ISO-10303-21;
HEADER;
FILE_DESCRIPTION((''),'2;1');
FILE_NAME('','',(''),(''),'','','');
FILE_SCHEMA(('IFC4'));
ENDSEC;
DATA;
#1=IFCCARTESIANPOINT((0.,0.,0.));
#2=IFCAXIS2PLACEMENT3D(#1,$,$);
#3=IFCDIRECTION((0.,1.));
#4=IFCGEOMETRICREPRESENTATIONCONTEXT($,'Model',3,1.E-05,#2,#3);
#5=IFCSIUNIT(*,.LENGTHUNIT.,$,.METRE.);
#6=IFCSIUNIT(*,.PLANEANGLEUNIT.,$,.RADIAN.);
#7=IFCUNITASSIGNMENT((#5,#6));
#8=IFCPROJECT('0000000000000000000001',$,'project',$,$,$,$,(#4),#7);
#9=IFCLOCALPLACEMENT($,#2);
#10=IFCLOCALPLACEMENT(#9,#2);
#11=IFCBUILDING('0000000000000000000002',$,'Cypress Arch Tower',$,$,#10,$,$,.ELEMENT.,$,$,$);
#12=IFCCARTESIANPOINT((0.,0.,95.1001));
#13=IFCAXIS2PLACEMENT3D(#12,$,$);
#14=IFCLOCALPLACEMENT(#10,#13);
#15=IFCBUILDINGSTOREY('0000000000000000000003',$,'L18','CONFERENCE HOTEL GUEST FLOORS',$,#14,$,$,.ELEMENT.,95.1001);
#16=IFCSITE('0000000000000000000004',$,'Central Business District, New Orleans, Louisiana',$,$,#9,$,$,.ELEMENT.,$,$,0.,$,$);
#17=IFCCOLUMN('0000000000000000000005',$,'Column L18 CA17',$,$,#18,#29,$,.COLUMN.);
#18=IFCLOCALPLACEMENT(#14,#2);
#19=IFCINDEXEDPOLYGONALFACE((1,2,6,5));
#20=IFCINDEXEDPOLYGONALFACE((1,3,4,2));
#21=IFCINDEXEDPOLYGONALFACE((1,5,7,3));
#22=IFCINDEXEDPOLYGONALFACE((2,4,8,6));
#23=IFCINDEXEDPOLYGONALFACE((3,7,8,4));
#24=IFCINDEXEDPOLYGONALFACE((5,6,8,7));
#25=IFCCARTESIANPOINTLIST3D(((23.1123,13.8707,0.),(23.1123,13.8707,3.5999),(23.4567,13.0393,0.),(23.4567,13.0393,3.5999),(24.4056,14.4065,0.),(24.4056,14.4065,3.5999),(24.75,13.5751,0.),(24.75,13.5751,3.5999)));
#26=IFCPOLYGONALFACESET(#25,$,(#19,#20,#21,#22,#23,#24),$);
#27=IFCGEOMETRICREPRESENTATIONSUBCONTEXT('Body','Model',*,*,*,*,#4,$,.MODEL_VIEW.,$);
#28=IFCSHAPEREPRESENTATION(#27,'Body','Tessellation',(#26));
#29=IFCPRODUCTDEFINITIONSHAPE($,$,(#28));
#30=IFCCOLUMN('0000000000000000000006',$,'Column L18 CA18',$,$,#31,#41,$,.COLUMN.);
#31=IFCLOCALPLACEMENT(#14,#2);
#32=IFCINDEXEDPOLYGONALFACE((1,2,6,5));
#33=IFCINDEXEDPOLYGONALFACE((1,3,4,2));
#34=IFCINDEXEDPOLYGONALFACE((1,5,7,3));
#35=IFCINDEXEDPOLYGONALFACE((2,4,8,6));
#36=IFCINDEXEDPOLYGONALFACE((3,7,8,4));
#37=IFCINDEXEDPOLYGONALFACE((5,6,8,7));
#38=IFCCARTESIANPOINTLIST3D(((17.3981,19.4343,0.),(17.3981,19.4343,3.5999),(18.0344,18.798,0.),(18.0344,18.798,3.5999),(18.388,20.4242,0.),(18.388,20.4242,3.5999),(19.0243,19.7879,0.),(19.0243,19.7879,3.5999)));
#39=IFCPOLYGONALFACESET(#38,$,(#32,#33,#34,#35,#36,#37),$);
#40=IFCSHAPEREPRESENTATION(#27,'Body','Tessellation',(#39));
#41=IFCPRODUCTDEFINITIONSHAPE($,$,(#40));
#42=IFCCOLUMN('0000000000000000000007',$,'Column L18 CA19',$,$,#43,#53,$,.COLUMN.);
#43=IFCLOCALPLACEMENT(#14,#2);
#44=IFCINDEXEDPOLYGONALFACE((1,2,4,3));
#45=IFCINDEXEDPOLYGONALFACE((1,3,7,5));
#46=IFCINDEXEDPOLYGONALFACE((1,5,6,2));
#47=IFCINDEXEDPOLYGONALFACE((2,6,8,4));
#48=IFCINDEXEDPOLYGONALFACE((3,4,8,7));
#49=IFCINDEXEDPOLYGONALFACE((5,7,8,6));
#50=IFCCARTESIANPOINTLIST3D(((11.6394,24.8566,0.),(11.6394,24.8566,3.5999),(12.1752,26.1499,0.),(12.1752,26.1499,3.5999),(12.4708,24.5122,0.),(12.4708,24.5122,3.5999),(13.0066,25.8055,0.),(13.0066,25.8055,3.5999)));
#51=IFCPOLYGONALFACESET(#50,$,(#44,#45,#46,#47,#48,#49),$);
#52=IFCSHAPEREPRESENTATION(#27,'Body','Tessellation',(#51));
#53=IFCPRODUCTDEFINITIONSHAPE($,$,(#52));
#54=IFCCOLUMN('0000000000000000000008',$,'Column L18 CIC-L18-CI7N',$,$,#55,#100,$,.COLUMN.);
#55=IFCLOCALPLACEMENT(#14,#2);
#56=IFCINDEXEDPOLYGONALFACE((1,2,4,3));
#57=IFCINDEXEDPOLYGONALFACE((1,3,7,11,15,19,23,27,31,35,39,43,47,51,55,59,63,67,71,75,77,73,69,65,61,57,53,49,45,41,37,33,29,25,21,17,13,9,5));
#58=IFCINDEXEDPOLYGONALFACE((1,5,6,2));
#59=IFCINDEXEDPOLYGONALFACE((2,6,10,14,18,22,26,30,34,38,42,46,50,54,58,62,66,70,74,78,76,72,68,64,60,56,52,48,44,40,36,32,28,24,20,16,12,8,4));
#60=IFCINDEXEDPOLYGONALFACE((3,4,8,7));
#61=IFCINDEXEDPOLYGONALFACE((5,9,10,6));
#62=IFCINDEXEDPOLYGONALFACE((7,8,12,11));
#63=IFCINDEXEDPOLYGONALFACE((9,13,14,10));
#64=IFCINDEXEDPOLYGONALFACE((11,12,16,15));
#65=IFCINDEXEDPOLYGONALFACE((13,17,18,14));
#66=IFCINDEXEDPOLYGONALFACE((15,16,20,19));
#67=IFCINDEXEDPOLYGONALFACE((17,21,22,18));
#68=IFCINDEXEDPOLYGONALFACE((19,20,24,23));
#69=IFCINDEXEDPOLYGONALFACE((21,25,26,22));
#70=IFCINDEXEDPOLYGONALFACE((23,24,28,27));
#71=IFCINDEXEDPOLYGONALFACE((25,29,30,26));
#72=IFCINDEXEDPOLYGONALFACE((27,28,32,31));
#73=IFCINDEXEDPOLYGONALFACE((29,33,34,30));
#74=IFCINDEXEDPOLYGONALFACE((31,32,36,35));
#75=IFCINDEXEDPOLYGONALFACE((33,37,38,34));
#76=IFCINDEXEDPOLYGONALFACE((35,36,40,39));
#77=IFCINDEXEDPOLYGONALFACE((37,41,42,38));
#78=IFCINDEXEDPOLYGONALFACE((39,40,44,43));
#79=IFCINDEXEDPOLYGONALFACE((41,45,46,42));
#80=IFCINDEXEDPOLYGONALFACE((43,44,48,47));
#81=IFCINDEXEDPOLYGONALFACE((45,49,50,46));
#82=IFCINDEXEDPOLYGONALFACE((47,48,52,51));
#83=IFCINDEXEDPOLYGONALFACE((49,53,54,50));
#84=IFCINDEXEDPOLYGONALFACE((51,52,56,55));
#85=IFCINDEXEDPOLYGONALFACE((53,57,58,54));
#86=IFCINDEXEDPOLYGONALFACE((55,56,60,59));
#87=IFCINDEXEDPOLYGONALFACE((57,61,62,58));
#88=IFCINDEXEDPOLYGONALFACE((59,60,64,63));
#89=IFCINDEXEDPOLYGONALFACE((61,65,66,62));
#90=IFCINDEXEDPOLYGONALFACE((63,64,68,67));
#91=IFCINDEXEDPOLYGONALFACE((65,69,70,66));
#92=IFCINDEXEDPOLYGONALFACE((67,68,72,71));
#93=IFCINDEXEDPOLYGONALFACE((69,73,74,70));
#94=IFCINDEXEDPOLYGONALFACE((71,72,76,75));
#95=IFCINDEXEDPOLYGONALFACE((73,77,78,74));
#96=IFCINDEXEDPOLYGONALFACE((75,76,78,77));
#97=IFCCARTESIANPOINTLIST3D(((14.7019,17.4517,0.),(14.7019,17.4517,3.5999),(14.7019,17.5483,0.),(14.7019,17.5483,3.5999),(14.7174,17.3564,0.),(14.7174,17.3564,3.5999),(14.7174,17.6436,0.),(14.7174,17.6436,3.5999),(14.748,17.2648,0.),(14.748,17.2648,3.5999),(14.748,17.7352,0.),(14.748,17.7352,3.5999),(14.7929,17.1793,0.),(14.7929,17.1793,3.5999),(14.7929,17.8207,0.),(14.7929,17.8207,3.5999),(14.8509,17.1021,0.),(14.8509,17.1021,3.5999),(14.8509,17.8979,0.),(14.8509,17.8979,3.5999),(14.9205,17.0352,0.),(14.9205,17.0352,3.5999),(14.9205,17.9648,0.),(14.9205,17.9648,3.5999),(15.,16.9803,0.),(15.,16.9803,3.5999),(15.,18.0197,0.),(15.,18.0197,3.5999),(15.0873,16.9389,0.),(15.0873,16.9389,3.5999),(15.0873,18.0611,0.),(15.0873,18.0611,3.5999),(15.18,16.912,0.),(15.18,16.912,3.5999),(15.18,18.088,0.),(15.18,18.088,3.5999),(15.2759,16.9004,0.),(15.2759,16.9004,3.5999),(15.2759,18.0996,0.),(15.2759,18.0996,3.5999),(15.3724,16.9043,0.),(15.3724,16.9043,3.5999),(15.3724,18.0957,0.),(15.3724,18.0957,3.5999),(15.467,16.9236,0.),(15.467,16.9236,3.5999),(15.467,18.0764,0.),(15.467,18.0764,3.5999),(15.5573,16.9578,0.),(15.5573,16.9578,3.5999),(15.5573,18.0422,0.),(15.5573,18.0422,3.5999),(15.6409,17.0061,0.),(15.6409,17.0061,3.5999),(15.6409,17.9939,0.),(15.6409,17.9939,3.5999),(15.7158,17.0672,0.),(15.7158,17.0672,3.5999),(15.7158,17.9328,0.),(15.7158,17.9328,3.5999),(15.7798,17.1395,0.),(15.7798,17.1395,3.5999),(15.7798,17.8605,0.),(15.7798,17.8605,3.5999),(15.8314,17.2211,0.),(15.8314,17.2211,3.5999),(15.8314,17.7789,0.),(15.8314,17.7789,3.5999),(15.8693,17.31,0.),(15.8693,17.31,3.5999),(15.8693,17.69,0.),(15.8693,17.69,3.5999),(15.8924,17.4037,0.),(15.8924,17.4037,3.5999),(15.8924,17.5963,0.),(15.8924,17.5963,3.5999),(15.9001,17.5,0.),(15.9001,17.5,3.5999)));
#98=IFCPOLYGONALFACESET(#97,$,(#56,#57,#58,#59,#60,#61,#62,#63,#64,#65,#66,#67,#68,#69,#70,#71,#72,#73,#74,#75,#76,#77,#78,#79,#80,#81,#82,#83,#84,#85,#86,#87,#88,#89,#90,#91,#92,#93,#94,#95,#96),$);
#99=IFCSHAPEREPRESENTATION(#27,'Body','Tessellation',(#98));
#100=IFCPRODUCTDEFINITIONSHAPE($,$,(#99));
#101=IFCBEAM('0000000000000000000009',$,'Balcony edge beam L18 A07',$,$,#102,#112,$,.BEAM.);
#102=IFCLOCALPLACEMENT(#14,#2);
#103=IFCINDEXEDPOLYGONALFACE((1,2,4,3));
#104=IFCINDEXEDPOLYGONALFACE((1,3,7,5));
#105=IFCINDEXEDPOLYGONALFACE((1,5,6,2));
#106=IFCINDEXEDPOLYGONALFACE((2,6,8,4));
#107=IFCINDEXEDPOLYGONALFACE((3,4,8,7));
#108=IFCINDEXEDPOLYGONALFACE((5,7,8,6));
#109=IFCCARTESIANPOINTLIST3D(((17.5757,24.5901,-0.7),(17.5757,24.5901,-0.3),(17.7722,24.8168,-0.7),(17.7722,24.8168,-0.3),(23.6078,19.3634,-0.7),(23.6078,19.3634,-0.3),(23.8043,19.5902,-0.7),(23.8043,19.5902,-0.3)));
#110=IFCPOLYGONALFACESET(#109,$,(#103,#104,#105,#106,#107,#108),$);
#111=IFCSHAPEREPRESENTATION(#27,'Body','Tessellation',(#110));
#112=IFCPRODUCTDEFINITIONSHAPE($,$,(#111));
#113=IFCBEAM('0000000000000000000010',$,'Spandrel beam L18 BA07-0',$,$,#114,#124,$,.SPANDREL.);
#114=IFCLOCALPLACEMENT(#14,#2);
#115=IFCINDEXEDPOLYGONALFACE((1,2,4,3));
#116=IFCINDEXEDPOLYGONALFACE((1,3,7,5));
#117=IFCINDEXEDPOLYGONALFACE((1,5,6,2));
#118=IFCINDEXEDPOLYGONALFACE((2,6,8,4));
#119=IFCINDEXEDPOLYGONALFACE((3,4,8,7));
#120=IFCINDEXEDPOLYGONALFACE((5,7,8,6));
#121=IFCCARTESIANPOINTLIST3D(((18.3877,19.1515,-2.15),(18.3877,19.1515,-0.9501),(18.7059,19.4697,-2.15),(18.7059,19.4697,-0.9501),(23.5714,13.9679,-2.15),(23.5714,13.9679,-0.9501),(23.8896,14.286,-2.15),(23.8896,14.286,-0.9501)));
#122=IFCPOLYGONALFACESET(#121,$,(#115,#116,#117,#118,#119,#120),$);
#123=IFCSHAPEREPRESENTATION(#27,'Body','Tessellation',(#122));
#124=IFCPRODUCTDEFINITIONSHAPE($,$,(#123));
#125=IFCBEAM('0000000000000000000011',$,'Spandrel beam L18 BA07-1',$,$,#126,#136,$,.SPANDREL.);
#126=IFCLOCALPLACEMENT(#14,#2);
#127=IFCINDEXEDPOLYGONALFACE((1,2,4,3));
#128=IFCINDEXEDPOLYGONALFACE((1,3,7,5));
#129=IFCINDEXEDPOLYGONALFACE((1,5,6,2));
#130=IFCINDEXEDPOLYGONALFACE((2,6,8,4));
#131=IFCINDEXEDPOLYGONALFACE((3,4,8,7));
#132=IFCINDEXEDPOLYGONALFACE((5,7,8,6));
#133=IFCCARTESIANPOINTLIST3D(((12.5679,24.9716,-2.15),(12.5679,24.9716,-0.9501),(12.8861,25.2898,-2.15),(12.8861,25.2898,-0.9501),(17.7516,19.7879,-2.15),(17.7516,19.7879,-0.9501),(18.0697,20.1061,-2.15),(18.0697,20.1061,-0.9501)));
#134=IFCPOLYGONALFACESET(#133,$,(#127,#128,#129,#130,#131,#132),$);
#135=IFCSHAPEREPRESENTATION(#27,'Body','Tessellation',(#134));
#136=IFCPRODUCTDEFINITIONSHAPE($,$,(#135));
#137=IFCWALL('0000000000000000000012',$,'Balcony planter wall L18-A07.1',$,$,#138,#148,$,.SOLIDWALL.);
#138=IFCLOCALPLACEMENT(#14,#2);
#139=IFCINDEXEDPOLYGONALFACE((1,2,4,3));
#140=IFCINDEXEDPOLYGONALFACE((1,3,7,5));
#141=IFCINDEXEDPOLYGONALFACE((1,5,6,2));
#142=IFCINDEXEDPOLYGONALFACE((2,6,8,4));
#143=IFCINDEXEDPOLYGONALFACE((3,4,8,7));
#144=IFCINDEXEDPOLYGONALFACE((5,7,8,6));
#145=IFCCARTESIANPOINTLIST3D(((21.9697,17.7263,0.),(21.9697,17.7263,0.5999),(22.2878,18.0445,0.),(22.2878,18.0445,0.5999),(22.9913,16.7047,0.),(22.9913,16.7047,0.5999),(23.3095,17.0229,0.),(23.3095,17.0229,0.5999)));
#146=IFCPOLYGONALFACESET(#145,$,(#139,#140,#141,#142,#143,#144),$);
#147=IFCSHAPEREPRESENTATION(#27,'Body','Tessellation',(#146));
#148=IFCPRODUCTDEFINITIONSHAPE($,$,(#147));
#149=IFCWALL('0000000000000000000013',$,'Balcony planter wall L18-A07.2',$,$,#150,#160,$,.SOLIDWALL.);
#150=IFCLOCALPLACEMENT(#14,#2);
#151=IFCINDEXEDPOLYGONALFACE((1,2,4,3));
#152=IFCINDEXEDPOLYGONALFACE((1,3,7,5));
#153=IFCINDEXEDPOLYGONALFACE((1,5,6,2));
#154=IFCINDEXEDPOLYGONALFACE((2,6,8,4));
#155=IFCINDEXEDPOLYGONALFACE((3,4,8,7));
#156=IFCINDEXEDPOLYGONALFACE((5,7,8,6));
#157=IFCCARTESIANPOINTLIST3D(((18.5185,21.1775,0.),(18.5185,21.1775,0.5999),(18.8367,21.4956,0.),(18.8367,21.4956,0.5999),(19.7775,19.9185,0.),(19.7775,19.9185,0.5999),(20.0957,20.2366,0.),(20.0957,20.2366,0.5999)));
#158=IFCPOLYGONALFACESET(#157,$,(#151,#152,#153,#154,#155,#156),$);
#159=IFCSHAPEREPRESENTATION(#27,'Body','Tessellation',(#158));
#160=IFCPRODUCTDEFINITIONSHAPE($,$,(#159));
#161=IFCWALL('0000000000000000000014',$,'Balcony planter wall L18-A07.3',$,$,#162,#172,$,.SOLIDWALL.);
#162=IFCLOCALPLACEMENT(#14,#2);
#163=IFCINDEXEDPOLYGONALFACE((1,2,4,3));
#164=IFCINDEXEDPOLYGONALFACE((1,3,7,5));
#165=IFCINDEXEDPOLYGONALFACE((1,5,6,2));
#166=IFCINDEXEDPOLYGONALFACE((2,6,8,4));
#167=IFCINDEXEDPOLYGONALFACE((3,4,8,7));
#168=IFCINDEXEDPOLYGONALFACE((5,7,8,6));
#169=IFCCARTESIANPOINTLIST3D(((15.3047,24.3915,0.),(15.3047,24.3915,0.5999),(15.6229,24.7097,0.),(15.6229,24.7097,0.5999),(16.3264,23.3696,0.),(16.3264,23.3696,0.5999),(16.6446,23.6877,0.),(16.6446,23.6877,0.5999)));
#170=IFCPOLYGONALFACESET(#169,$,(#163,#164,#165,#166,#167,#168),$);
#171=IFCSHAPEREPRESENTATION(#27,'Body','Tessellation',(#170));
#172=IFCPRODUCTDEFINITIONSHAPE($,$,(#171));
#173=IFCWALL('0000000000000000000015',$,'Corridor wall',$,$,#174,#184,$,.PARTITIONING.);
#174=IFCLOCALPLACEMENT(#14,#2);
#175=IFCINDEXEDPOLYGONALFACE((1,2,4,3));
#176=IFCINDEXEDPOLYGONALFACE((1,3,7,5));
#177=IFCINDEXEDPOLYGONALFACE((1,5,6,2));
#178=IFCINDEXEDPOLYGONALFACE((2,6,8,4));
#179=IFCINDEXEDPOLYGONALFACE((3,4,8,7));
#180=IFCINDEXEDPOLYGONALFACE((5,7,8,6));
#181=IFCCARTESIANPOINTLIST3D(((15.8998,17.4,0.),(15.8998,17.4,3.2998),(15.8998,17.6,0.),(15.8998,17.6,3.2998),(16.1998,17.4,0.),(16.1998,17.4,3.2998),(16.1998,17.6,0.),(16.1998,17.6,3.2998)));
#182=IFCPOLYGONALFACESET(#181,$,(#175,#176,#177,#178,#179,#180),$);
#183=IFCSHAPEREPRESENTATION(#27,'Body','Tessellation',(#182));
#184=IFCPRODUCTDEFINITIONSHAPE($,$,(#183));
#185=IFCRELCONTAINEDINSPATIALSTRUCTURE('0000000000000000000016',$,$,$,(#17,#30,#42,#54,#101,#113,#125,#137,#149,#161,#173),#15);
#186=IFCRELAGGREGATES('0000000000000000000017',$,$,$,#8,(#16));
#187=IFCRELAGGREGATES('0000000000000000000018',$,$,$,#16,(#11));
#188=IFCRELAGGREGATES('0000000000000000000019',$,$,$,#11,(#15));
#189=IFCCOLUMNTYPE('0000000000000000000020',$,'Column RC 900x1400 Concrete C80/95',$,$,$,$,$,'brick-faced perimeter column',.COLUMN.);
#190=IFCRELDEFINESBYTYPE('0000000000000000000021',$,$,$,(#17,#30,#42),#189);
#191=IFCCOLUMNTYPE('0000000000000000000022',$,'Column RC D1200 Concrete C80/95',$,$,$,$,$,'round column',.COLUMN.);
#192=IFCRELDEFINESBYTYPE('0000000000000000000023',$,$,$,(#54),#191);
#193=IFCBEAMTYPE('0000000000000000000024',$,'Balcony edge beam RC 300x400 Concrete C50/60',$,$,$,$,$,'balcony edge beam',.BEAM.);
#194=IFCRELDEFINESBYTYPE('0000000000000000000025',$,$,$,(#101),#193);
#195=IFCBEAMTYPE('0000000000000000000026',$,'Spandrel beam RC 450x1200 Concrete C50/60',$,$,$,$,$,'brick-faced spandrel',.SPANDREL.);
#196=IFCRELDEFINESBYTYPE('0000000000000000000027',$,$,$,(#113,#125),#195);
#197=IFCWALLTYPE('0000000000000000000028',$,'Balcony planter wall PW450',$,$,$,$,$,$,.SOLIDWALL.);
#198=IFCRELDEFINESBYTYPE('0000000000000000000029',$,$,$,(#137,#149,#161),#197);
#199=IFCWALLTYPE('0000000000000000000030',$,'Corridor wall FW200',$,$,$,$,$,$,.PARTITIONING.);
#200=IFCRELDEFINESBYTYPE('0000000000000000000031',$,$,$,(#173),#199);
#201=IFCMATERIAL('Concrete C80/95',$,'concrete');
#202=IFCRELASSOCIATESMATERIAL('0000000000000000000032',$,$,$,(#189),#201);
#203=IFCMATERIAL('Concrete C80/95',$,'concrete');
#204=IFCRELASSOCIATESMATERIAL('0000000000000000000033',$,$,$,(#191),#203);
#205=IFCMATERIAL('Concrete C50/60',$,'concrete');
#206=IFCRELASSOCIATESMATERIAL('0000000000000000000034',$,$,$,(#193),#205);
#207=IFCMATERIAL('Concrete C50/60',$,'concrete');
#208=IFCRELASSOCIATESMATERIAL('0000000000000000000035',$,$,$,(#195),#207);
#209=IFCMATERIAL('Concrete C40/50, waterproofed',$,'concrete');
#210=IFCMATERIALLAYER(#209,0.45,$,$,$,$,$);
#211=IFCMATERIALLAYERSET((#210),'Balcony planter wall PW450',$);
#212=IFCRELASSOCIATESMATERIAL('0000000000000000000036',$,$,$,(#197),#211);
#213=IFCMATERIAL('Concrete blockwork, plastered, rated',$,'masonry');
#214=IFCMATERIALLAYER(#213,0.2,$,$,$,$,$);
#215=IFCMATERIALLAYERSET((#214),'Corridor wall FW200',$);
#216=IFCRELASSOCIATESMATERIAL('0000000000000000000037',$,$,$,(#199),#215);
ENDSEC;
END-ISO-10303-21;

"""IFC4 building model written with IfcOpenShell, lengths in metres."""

from ifc_helpers import new_model, si_unit, direction, frame, frame_2d, origin, origin_2d, place, context, subcontext, project, spatial, rectangle, circle, extrude, material, layer, layer_set, material_profile, profile_set, type_object, element, save


model = new_model("IFC4")

# Units and contexts
model_context = context("Model", 3, precision=1e-05, world=origin(), true_north=direction((0.0, 1.0)))
body_context = subcontext(model_context, "Body", "Model", "MODEL_VIEW")
ifc_project = project(units=[si_unit("LENGTHUNIT", "METRE"), si_unit("PLANEANGLEUNIT", "RADIAN")], contexts=[model_context])

# Site, building, storey
site_placement = place(None, origin())
site = spatial("IfcSite", under=ifc_project, at=site_placement, Name="Central Business District, New Orleans, Louisiana", CompositionType="ELEMENT", RefElevation=0.0)
building_placement = place(site_placement, origin())
building = spatial("IfcBuilding", under=site, at=building_placement, Name="Cypress Arch Tower", CompositionType="ELEMENT")
storey_placement = place(building_placement, frame((0.0, 0.0, 95.1001)))
storey = spatial("IfcBuildingStorey", under=building, at=storey_placement, Name="L18", Description="CONFERENCE HOTEL GUEST FLOORS", CompositionType="ELEMENT", Elevation=95.1001)

# Columns
ifc_material_1 = material(Name="Concrete C80/95", Category="concrete")
ifc_material_profile_1 = material_profile(ifc_material_1, rectangle(XDim=0.8999, YDim=1.3999, at=origin_2d()), Name="RC 900x1400")
ifc_profile_set_1 = profile_set([ifc_material_profile_1], Name="Concrete C80/95")
column_type_1 = type_object("IfcColumnType", Name="Column RC 900x1400 Concrete C80/95", ElementType="brick-faced perimeter column", PredefinedType="COLUMN", material=ifc_profile_set_1)
for number, where, z_axis, x_axis, name in (
    (1, (23.9312, 13.7229, 0.0), (0.0, 0.0, 1.0), (-0.382683, 0.92388, 0.0), "Column L18 CA17"),
    (2, (18.2112, 19.6111, 0.0), (0.0, 0.0, 1.0), (-0.707107, 0.707107, 0.0), "Column L18 CA18"),
    (3, (12.323, 25.3311, 0.0), (0.0, 0.0, 1.0), (-0.92388, 0.382683, 0.0), "Column L18 CA19"),
):
    element("IfcColumn", number, at=place(storey_placement, frame(where, z_axis=z_axis, x_axis=x_axis)), inside=storey, type_object=column_type_1, Name=name, PredefinedType="COLUMN", context=body_context, shape_type="SweptSolid", body=[
        extrude(rectangle(XDim=0.8999, YDim=1.3999, at=origin_2d()), origin(), (0.0, 0.0, 1.0), 3.5999),
    ])
ifc_material_2 = material(Name="Concrete C80/95", Category="concrete")
ifc_material_profile_2 = material_profile(ifc_material_2, circle(Radius=0.6001, at=origin_2d()), Name="RC D1200")
ifc_profile_set_2 = profile_set([ifc_material_profile_2], Name="Concrete C80/95")
column_type_2 = type_object("IfcColumnType", Name="Column RC D1200 Concrete C80/95", ElementType="round column", PredefinedType="COLUMN", material=ifc_profile_set_2)
column_placement = place(storey_placement, frame((15.3, 17.5, 0.0), z_axis=(0.0, 0.0, 1.0), x_axis=(1.0, 0.0, 0.0)))
element("IfcColumn", 4, at=column_placement, inside=storey, type_object=column_type_2, Name="Column L18 CIC-L18-CI7N", PredefinedType="COLUMN", context=body_context, shape_type="SweptSolid", body=[
    extrude(circle(Radius=0.6001, at=origin_2d()), origin(), (0.0, 0.0, 1.0), 3.5999),
])

# Beams
ifc_material_3 = material(Name="Concrete C50/60", Category="concrete")
ifc_material_profile_3 = material_profile(ifc_material_3, rectangle(XDim=0.3, YDim=0.3999, at=origin_2d()), Name="RC 300x400")
ifc_profile_set_3 = profile_set([ifc_material_profile_3], Name="Concrete C50/60")
beam_type_1 = type_object("IfcBeamType", Name="Balcony edge beam RC 300x400 Concrete C50/60", ElementType="balcony edge beam", PredefinedType="BEAM", material=ifc_profile_set_3)
beam_placement = place(storey_placement, frame((23.7061, 19.4768, -0.5), z_axis=(-0.755761, 0.654848, 0.0), x_axis=(-0.654848, -0.755761, 0.0)))
element("IfcBeam", 5, at=beam_placement, inside=storey, type_object=beam_type_1, Name="Balcony edge beam L18 A07", PredefinedType="BEAM", context=body_context, shape_type="SweptSolid", body=[
    extrude(rectangle(XDim=0.3, YDim=0.3999, at=origin_2d()), origin(), (0.0, 0.0, 1.0), 7.9814),
])
ifc_material_4 = material(Name="Concrete C50/60", Category="concrete")
ifc_material_profile_4 = material_profile(ifc_material_4, rectangle(XDim=0.45, YDim=1.2, at=origin_2d()), Name="RC 450x1200")
ifc_profile_set_4 = profile_set([ifc_material_profile_4], Name="Concrete C50/60")
beam_type_2 = type_object("IfcBeamType", Name="Spandrel beam RC 450x1200 Concrete C50/60", ElementType="brick-faced spandrel", PredefinedType="SPANDREL", material=ifc_profile_set_4)
for number, where, z_axis, x_axis, name in (
    (6, (23.7305, 14.127, -1.55), (-0.707107, 0.707107, 0.0), (-0.707107, -0.707107, 0.0), "Spandrel beam L18 BA07-0"),
    (7, (17.9106, 19.947, -1.55), (-0.707107, 0.707107, 0.0), (-0.707107, -0.707107, 0.0), "Spandrel beam L18 BA07-1"),
):
    element("IfcBeam", number, at=place(storey_placement, frame(where, z_axis=z_axis, x_axis=x_axis)), inside=storey, type_object=beam_type_2, Name=name, PredefinedType="SPANDREL", context=body_context, shape_type="SweptSolid", body=[
        extrude(rectangle(XDim=0.45, YDim=1.2, at=origin_2d()), origin(), (0.0, 0.0, 1.0), 7.3308),
    ])

# Walls
ifc_material_5 = material(Name="Concrete C40/50, waterproofed", Category="concrete")
ifc_layer_1 = layer(ifc_material_5, 0.45)
ifc_layer_set_1 = layer_set([ifc_layer_1], Name="Balcony planter wall PW450")
wall_type_1 = type_object("IfcWallType", Name="Balcony planter wall PW450", PredefinedType="SOLIDWALL", material=ifc_layer_set_1)
wall_1_placement = place(storey_placement, frame((23.1504, 16.8638, 0.0), z_axis=(0.0, 0.0, 1.0), x_axis=(-0.707107, 0.707107, 0.0)))
element("IfcWall", 8, at=wall_1_placement, inside=storey, type_object=wall_type_1, Name="Balcony planter wall L18-A07.1", PredefinedType="SOLIDWALL", context=body_context, shape_type="SweptSolid", body=[
    extrude(rectangle(XDim=1.4448, YDim=0.45, at=frame_2d((0.7224, 0.0))), origin(), (0.0, 0.0, 1.0), 0.5999),
])
wall_2_placement = place(storey_placement, frame((19.9365, 20.0776, 0.0), z_axis=(0.0, 0.0, 1.0), x_axis=(-0.707107, 0.707107, 0.0)))
element("IfcWall", 9, at=wall_2_placement, inside=storey, type_object=wall_type_1, Name="Balcony planter wall L18-A07.2", PredefinedType="SOLIDWALL", context=body_context, shape_type="SweptSolid", body=[
    extrude(rectangle(XDim=1.7805, YDim=0.45, at=frame_2d((0.8901, 0.0))), origin(), (0.0, 0.0, 1.0), 0.5999),
])
wall_3_placement = place(storey_placement, frame((16.4856, 23.5286, 0.0), z_axis=(0.0, 0.0, 1.0), x_axis=(-0.707022, 0.707191, 0.0)))
element("IfcWall", 10, at=wall_3_placement, inside=storey, type_object=wall_type_1, Name="Balcony planter wall L18-A07.3", PredefinedType="SOLIDWALL", context=body_context, shape_type="SweptSolid", body=[
    extrude(rectangle(XDim=1.4451, YDim=0.45, at=frame_2d((0.7227, 0.0))), origin(), (0.0, 0.0, 1.0), 0.5999),
])

# Wall
ifc_material_6 = material(Name="Concrete blockwork, plastered, rated", Category="masonry")
ifc_layer_2 = layer(ifc_material_6, 0.2)
ifc_layer_set_2 = layer_set([ifc_layer_2], Name="Corridor wall FW200")
wall_type_2 = type_object("IfcWallType", Name="Corridor wall FW200", PredefinedType="PARTITIONING", material=ifc_layer_set_2)
wall_4_placement = place(storey_placement, frame((15.8999, 17.5, 0.0), z_axis=(0.0, 0.0, 1.0), x_axis=(1.0, 0.0, 0.0)))
element("IfcWall", 11, at=wall_4_placement, inside=storey, type_object=wall_type_2, Name="Corridor wall", PredefinedType="PARTITIONING", context=body_context, shape_type="SweptSolid", body=[
    extrude(rectangle(XDim=0.3, YDim=0.2, at=frame_2d((0.1499, 0.0))), origin(), (0.0, 0.0, 1.0), 3.2998),
])

save(model, "model.ifc")
